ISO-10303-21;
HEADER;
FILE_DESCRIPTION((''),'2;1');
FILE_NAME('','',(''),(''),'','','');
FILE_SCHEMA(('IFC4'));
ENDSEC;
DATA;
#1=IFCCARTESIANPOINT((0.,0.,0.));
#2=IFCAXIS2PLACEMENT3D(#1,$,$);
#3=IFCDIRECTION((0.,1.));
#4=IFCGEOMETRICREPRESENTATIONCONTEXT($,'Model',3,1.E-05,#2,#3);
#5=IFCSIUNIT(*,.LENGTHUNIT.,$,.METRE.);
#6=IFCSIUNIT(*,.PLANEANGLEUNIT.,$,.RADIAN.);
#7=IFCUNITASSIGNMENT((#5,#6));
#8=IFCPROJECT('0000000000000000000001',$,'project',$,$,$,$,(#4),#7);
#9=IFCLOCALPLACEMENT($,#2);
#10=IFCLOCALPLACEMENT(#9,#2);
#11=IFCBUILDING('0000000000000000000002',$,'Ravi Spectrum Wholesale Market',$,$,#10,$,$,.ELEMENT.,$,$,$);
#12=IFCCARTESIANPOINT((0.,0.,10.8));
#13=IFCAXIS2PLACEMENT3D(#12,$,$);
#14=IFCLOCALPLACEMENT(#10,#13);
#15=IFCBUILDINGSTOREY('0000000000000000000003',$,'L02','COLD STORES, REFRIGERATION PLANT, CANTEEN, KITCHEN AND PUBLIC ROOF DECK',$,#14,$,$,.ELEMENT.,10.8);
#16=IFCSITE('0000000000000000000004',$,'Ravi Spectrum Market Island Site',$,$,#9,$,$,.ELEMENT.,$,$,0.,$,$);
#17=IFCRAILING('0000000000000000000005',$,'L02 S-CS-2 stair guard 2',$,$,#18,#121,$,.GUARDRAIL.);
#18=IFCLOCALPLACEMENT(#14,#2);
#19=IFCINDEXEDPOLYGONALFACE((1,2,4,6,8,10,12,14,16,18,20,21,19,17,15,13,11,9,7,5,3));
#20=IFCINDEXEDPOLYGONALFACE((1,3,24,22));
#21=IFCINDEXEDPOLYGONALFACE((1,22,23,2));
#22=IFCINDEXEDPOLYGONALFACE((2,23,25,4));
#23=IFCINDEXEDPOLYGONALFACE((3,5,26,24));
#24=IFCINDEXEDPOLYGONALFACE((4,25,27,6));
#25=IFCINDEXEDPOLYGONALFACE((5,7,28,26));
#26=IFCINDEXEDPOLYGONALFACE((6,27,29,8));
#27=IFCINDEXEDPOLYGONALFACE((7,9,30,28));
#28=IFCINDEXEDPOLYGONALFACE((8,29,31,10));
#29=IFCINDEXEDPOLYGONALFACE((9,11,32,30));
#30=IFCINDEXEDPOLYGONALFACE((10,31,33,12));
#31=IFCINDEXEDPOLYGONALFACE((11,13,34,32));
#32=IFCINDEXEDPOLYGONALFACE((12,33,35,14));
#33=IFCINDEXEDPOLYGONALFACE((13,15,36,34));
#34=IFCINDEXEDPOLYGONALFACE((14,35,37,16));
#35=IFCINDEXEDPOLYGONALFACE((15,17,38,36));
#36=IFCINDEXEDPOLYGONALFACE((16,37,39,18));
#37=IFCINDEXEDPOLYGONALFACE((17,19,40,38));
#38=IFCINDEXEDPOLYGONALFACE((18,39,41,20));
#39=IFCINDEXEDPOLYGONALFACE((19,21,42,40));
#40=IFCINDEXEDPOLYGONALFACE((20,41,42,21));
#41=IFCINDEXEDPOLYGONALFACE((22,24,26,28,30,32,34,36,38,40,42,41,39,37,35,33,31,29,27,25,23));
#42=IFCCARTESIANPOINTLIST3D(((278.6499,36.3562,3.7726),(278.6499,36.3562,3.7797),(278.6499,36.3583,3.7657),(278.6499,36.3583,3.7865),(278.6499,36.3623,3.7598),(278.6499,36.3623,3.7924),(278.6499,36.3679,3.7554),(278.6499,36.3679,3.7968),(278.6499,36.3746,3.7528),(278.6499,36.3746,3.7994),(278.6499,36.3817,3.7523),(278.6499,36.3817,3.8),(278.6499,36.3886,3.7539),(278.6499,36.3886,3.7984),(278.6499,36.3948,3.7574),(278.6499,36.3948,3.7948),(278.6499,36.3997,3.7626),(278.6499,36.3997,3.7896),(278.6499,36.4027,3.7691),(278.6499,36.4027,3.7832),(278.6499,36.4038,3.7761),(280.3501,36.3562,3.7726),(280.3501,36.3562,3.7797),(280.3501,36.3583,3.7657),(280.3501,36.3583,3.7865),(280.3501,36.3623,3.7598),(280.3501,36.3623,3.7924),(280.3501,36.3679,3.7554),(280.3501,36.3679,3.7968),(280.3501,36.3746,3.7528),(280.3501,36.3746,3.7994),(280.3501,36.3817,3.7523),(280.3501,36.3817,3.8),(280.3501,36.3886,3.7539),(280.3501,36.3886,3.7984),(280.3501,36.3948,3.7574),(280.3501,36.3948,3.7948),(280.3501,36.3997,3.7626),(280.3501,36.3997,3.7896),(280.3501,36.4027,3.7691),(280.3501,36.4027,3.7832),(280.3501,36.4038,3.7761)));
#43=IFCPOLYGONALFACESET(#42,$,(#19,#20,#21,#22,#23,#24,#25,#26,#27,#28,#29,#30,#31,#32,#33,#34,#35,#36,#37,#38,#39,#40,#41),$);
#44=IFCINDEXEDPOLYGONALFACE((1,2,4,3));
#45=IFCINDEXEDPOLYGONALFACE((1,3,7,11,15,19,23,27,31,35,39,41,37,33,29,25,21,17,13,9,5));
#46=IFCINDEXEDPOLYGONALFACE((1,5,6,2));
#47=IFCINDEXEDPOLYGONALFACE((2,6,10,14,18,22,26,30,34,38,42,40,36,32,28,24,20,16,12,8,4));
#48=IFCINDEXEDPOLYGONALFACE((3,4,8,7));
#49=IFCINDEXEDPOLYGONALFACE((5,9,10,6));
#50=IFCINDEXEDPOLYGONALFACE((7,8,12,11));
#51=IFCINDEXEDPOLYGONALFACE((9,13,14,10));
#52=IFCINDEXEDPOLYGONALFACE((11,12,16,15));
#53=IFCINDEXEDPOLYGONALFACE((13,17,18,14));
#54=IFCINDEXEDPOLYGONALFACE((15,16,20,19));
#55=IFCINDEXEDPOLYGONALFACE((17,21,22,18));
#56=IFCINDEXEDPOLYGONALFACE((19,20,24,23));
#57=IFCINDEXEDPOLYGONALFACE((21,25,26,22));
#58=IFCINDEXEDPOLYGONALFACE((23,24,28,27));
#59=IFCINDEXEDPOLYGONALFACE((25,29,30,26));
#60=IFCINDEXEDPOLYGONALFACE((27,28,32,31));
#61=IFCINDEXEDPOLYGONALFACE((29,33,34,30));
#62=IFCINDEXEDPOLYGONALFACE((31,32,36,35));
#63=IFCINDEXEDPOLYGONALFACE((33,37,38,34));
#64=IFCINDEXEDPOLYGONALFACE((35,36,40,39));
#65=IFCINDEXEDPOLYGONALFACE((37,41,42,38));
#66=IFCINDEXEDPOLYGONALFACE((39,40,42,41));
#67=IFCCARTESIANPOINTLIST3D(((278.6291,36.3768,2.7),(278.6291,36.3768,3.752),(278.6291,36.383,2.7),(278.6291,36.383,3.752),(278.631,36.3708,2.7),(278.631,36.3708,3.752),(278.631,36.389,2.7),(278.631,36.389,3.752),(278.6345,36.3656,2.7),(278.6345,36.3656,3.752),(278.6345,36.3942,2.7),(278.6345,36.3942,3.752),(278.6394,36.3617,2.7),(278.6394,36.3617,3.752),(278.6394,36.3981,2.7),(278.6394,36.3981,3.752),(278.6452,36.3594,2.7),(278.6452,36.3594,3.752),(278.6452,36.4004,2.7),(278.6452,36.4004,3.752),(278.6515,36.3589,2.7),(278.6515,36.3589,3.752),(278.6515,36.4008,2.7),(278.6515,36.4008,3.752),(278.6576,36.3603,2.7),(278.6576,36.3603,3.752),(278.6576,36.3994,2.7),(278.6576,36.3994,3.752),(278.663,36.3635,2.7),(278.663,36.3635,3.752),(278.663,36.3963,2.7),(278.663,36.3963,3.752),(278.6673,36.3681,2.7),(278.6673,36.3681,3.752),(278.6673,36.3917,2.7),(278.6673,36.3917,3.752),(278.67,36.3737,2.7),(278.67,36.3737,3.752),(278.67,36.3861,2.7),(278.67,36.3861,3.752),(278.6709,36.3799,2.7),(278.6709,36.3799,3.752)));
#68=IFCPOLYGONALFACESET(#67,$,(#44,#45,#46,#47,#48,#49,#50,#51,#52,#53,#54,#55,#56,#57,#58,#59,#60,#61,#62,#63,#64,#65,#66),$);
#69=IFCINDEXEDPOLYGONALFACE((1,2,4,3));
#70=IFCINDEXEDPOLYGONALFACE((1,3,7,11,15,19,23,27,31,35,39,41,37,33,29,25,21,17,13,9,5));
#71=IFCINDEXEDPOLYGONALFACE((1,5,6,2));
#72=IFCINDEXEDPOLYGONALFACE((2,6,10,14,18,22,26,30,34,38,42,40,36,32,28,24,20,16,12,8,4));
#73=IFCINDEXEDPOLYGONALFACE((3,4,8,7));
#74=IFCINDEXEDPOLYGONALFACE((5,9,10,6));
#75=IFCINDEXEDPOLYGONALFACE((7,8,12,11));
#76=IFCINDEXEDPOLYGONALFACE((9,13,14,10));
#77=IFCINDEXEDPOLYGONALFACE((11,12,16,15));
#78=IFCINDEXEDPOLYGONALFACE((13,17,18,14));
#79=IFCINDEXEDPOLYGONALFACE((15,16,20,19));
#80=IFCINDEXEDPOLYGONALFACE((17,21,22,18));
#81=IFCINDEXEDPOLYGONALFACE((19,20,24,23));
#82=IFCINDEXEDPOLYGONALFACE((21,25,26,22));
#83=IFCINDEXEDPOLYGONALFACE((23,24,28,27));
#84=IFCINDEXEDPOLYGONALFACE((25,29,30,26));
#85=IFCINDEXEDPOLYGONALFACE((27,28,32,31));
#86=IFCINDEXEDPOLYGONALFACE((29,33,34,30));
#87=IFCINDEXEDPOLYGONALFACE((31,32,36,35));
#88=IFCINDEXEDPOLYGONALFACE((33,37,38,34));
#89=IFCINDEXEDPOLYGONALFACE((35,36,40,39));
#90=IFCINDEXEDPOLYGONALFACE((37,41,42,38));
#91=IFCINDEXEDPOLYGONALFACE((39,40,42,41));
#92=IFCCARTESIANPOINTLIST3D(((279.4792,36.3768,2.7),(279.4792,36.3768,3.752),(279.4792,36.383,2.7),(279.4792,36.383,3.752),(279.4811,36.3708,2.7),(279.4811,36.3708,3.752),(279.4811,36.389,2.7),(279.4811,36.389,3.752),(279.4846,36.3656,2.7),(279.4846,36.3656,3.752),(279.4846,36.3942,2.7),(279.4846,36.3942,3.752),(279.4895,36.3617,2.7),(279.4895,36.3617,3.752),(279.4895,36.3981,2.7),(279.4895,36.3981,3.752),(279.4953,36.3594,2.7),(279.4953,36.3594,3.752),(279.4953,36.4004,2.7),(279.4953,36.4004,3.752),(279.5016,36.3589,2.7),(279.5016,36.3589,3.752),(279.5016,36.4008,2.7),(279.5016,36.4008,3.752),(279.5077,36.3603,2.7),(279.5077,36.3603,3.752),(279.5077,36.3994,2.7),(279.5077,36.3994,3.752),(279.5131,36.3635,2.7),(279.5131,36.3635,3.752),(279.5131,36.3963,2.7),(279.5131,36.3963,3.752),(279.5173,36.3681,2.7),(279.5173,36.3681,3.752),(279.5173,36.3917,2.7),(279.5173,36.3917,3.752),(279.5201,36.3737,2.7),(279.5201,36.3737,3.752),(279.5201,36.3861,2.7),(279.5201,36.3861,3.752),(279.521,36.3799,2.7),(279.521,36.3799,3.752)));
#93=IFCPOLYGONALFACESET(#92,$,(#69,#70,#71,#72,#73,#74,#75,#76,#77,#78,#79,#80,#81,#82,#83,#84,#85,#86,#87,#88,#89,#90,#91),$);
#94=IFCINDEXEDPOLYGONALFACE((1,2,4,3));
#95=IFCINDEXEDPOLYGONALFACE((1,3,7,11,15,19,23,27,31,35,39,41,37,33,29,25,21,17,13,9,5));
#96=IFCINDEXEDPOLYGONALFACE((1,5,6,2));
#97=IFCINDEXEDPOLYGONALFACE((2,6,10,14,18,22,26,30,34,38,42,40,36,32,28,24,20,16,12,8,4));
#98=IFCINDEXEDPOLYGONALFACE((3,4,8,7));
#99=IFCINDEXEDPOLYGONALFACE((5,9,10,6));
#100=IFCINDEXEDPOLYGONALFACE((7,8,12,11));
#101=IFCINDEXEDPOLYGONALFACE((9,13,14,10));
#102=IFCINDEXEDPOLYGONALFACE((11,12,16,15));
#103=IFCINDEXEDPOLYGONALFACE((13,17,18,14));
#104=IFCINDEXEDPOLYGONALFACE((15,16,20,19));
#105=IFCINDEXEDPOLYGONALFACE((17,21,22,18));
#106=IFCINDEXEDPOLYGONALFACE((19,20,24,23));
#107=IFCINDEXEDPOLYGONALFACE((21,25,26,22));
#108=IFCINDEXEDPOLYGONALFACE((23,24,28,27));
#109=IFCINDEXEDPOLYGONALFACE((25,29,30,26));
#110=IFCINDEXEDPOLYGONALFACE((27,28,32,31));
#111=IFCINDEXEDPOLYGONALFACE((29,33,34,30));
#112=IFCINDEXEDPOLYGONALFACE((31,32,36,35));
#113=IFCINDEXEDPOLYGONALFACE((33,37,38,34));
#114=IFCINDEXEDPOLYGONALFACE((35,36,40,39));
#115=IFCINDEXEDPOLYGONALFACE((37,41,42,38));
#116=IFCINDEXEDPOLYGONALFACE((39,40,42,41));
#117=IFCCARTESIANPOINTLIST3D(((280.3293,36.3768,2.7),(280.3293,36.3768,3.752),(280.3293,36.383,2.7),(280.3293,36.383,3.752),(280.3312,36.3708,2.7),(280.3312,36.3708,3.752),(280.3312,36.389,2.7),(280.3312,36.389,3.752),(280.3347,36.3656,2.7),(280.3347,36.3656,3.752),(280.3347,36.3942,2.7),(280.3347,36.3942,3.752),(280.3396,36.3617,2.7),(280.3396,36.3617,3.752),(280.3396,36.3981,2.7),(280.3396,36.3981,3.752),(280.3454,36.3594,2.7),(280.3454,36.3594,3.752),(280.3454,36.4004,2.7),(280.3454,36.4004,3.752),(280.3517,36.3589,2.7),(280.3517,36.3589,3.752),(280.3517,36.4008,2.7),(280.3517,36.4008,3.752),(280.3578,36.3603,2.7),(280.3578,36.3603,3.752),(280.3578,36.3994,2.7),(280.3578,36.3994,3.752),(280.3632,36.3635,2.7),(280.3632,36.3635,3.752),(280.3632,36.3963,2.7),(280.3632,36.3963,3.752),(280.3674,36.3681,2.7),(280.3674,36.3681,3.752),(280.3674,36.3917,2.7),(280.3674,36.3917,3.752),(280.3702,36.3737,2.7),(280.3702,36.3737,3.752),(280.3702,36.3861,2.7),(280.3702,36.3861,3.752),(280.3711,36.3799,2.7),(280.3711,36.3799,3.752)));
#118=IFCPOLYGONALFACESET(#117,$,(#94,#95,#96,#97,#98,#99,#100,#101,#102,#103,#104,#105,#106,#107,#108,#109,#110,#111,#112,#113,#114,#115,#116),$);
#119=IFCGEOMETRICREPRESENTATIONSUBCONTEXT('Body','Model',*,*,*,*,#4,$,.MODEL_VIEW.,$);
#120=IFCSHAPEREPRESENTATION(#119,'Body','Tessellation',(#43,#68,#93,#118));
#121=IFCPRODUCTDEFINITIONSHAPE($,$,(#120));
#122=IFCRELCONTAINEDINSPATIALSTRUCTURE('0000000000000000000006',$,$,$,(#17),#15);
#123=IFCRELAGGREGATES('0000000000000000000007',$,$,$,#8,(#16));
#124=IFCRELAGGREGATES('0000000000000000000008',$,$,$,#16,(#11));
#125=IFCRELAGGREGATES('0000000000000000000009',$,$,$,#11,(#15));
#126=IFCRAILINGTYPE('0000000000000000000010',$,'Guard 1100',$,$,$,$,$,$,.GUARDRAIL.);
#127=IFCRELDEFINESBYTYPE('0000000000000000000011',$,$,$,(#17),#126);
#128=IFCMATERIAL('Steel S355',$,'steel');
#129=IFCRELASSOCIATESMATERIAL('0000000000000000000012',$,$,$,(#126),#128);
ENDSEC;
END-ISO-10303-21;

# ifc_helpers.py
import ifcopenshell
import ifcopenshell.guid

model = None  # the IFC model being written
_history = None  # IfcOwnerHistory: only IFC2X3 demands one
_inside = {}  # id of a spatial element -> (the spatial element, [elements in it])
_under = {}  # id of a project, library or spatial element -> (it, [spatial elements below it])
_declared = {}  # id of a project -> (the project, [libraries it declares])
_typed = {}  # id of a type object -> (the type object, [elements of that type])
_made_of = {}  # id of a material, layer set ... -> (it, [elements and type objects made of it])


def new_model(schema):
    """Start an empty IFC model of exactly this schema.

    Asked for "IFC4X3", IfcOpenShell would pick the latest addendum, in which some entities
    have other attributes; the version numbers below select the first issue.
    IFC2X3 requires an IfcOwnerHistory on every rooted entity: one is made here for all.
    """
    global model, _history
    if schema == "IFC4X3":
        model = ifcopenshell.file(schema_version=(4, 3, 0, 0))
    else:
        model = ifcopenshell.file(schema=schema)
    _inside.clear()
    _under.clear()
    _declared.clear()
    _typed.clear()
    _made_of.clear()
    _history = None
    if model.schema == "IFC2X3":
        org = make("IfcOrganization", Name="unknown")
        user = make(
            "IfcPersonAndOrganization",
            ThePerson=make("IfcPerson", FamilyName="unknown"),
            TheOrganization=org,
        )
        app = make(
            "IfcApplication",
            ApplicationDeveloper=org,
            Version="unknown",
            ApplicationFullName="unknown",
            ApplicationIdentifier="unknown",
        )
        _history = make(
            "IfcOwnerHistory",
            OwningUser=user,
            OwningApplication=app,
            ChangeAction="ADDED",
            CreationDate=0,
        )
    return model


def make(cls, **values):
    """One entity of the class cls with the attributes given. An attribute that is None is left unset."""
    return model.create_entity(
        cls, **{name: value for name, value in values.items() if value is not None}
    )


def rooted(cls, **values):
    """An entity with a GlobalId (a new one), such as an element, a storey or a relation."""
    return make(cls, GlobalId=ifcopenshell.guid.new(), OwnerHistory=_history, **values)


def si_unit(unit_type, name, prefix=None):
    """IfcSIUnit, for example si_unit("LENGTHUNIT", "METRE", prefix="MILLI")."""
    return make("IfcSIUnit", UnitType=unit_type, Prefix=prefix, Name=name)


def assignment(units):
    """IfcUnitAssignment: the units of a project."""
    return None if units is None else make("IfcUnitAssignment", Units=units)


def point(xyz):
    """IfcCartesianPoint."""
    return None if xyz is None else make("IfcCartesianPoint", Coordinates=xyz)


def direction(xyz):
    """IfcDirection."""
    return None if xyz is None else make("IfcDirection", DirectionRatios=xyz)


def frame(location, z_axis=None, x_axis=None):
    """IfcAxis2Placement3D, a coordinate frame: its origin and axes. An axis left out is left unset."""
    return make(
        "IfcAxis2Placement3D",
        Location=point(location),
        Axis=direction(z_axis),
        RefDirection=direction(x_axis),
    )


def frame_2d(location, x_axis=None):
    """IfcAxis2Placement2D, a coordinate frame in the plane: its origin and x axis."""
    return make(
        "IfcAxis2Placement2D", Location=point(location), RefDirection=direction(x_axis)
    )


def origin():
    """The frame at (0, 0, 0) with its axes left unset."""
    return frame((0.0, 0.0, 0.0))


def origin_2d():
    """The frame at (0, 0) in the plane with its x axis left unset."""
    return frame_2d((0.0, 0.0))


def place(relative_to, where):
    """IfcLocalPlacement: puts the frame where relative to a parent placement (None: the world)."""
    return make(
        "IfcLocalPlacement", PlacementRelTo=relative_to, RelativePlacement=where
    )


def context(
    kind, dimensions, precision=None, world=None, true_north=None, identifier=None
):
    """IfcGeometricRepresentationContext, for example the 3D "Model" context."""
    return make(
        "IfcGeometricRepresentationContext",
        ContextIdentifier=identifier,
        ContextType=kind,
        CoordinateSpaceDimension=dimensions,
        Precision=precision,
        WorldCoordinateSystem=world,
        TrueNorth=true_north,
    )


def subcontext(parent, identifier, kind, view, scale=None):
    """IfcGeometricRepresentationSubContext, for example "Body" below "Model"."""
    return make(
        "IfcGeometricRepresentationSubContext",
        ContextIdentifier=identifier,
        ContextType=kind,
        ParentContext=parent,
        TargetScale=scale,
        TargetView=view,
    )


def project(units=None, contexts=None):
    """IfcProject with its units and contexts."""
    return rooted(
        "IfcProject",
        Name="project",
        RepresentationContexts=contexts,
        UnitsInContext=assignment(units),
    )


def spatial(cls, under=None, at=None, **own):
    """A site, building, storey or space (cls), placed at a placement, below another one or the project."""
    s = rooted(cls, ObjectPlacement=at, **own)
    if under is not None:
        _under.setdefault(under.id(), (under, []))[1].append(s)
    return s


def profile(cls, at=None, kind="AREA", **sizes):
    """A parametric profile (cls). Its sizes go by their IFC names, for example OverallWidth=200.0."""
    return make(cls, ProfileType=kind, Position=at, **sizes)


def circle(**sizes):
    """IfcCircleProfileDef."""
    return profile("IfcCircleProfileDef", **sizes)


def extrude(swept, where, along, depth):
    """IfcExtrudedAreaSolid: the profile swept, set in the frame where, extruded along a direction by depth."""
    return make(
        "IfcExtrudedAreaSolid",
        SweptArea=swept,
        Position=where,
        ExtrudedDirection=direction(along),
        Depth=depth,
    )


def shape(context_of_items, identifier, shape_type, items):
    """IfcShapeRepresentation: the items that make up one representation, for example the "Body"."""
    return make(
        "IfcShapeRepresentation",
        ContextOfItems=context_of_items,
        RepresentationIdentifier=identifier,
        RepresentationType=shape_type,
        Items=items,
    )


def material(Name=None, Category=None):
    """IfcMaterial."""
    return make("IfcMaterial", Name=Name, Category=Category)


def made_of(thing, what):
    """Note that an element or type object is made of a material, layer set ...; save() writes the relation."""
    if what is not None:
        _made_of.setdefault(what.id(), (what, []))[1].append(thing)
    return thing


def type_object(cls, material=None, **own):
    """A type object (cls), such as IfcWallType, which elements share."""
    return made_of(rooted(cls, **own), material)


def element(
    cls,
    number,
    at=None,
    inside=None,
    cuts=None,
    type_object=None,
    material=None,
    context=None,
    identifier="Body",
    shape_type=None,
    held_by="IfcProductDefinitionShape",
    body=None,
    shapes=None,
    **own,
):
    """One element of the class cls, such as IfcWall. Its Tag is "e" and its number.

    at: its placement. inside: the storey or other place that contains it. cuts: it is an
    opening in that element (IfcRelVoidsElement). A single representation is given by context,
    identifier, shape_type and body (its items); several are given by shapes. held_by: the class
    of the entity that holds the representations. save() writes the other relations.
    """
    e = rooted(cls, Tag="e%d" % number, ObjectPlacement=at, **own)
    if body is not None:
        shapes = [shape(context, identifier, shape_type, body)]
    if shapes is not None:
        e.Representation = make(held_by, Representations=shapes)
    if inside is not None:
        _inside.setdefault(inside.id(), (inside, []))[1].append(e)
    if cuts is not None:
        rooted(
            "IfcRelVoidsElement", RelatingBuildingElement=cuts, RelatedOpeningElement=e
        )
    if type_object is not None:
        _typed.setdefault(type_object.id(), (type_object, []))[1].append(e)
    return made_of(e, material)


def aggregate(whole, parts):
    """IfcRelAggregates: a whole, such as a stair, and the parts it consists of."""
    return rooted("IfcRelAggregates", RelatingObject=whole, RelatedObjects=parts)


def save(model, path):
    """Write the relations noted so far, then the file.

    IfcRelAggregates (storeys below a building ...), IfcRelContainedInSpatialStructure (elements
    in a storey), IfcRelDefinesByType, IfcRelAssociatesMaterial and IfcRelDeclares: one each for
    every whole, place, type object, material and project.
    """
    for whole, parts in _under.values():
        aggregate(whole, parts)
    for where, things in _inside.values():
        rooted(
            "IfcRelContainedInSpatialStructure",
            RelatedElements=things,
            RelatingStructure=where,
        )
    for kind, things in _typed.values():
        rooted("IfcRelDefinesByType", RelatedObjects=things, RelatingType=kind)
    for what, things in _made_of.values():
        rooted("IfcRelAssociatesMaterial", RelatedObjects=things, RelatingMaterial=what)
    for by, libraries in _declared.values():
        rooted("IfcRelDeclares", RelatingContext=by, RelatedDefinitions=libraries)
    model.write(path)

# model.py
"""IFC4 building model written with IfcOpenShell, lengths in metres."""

from ifc_helpers import new_model, si_unit, direction, frame, origin, origin_2d, place, context, subcontext, project, spatial, circle, extrude, material, type_object, element, save


model = new_model("IFC4")

# Units and contexts
model_context = context("Model", 3, precision=1e-05, world=origin(), true_north=direction((0.0, 1.0)))
body_context = subcontext(model_context, "Body", "Model", "MODEL_VIEW")
ifc_project = project(units=[si_unit("LENGTHUNIT", "METRE"), si_unit("PLANEANGLEUNIT", "RADIAN")], contexts=[model_context])

# Site, building, storey
site_placement = place(None, origin())
site = spatial("IfcSite", under=ifc_project, at=site_placement, Name="Ravi Spectrum Market Island Site", CompositionType="ELEMENT", RefElevation=0.0)
building_placement = place(site_placement, origin())
building = spatial("IfcBuilding", under=site, at=building_placement, Name="Ravi Spectrum Wholesale Market", CompositionType="ELEMENT")
storey_placement = place(building_placement, frame((0.0, 0.0, 10.8)))
storey = spatial("IfcBuildingStorey", under=building, at=storey_placement, Name="L02", Description="COLD STORES, REFRIGERATION PLANT, CANTEEN, KITCHEN AND PUBLIC ROOF DECK", CompositionType="ELEMENT", Elevation=10.8)

# Railing
ifc_material_1 = material(Name="Steel S355", Category="steel")
railing_type_1 = type_object("IfcRailingType", Name="Guard 1100", PredefinedType="GUARDRAIL", material=ifc_material_1)
railing_1_placement = place(storey_placement, frame((278.6499, 36.3799, 2.7)))
element("IfcRailing", 1, at=railing_1_placement, inside=storey, type_object=railing_type_1, Name="L02 S-CS-2 stair guard 2", PredefinedType="GUARDRAIL", context=body_context, shape_type="SweptSolid", body=[
    extrude(circle(Radius=0.0239, at=origin_2d()), frame((0.0, 0.0, 1.0762), z_axis=(1.0, 0.0, 0.0), x_axis=(0.0, 1.0, 0.0)), (0.0, 0.0, 1.0), 1.7002),
    extrude(circle(Radius=0.021, at=origin_2d()), origin(), (0.0, 0.0, 1.0), 1.052),
    extrude(circle(Radius=0.021, at=origin_2d()), frame((0.8501, 0.0, 0.0)), (0.0, 0.0, 1.0), 1.052),
    extrude(circle(Radius=0.021, at=origin_2d()), frame((1.7002, 0.0, 0.0)), (0.0, 0.0, 1.0), 1.052),
])

save(model, "model.ifc")
